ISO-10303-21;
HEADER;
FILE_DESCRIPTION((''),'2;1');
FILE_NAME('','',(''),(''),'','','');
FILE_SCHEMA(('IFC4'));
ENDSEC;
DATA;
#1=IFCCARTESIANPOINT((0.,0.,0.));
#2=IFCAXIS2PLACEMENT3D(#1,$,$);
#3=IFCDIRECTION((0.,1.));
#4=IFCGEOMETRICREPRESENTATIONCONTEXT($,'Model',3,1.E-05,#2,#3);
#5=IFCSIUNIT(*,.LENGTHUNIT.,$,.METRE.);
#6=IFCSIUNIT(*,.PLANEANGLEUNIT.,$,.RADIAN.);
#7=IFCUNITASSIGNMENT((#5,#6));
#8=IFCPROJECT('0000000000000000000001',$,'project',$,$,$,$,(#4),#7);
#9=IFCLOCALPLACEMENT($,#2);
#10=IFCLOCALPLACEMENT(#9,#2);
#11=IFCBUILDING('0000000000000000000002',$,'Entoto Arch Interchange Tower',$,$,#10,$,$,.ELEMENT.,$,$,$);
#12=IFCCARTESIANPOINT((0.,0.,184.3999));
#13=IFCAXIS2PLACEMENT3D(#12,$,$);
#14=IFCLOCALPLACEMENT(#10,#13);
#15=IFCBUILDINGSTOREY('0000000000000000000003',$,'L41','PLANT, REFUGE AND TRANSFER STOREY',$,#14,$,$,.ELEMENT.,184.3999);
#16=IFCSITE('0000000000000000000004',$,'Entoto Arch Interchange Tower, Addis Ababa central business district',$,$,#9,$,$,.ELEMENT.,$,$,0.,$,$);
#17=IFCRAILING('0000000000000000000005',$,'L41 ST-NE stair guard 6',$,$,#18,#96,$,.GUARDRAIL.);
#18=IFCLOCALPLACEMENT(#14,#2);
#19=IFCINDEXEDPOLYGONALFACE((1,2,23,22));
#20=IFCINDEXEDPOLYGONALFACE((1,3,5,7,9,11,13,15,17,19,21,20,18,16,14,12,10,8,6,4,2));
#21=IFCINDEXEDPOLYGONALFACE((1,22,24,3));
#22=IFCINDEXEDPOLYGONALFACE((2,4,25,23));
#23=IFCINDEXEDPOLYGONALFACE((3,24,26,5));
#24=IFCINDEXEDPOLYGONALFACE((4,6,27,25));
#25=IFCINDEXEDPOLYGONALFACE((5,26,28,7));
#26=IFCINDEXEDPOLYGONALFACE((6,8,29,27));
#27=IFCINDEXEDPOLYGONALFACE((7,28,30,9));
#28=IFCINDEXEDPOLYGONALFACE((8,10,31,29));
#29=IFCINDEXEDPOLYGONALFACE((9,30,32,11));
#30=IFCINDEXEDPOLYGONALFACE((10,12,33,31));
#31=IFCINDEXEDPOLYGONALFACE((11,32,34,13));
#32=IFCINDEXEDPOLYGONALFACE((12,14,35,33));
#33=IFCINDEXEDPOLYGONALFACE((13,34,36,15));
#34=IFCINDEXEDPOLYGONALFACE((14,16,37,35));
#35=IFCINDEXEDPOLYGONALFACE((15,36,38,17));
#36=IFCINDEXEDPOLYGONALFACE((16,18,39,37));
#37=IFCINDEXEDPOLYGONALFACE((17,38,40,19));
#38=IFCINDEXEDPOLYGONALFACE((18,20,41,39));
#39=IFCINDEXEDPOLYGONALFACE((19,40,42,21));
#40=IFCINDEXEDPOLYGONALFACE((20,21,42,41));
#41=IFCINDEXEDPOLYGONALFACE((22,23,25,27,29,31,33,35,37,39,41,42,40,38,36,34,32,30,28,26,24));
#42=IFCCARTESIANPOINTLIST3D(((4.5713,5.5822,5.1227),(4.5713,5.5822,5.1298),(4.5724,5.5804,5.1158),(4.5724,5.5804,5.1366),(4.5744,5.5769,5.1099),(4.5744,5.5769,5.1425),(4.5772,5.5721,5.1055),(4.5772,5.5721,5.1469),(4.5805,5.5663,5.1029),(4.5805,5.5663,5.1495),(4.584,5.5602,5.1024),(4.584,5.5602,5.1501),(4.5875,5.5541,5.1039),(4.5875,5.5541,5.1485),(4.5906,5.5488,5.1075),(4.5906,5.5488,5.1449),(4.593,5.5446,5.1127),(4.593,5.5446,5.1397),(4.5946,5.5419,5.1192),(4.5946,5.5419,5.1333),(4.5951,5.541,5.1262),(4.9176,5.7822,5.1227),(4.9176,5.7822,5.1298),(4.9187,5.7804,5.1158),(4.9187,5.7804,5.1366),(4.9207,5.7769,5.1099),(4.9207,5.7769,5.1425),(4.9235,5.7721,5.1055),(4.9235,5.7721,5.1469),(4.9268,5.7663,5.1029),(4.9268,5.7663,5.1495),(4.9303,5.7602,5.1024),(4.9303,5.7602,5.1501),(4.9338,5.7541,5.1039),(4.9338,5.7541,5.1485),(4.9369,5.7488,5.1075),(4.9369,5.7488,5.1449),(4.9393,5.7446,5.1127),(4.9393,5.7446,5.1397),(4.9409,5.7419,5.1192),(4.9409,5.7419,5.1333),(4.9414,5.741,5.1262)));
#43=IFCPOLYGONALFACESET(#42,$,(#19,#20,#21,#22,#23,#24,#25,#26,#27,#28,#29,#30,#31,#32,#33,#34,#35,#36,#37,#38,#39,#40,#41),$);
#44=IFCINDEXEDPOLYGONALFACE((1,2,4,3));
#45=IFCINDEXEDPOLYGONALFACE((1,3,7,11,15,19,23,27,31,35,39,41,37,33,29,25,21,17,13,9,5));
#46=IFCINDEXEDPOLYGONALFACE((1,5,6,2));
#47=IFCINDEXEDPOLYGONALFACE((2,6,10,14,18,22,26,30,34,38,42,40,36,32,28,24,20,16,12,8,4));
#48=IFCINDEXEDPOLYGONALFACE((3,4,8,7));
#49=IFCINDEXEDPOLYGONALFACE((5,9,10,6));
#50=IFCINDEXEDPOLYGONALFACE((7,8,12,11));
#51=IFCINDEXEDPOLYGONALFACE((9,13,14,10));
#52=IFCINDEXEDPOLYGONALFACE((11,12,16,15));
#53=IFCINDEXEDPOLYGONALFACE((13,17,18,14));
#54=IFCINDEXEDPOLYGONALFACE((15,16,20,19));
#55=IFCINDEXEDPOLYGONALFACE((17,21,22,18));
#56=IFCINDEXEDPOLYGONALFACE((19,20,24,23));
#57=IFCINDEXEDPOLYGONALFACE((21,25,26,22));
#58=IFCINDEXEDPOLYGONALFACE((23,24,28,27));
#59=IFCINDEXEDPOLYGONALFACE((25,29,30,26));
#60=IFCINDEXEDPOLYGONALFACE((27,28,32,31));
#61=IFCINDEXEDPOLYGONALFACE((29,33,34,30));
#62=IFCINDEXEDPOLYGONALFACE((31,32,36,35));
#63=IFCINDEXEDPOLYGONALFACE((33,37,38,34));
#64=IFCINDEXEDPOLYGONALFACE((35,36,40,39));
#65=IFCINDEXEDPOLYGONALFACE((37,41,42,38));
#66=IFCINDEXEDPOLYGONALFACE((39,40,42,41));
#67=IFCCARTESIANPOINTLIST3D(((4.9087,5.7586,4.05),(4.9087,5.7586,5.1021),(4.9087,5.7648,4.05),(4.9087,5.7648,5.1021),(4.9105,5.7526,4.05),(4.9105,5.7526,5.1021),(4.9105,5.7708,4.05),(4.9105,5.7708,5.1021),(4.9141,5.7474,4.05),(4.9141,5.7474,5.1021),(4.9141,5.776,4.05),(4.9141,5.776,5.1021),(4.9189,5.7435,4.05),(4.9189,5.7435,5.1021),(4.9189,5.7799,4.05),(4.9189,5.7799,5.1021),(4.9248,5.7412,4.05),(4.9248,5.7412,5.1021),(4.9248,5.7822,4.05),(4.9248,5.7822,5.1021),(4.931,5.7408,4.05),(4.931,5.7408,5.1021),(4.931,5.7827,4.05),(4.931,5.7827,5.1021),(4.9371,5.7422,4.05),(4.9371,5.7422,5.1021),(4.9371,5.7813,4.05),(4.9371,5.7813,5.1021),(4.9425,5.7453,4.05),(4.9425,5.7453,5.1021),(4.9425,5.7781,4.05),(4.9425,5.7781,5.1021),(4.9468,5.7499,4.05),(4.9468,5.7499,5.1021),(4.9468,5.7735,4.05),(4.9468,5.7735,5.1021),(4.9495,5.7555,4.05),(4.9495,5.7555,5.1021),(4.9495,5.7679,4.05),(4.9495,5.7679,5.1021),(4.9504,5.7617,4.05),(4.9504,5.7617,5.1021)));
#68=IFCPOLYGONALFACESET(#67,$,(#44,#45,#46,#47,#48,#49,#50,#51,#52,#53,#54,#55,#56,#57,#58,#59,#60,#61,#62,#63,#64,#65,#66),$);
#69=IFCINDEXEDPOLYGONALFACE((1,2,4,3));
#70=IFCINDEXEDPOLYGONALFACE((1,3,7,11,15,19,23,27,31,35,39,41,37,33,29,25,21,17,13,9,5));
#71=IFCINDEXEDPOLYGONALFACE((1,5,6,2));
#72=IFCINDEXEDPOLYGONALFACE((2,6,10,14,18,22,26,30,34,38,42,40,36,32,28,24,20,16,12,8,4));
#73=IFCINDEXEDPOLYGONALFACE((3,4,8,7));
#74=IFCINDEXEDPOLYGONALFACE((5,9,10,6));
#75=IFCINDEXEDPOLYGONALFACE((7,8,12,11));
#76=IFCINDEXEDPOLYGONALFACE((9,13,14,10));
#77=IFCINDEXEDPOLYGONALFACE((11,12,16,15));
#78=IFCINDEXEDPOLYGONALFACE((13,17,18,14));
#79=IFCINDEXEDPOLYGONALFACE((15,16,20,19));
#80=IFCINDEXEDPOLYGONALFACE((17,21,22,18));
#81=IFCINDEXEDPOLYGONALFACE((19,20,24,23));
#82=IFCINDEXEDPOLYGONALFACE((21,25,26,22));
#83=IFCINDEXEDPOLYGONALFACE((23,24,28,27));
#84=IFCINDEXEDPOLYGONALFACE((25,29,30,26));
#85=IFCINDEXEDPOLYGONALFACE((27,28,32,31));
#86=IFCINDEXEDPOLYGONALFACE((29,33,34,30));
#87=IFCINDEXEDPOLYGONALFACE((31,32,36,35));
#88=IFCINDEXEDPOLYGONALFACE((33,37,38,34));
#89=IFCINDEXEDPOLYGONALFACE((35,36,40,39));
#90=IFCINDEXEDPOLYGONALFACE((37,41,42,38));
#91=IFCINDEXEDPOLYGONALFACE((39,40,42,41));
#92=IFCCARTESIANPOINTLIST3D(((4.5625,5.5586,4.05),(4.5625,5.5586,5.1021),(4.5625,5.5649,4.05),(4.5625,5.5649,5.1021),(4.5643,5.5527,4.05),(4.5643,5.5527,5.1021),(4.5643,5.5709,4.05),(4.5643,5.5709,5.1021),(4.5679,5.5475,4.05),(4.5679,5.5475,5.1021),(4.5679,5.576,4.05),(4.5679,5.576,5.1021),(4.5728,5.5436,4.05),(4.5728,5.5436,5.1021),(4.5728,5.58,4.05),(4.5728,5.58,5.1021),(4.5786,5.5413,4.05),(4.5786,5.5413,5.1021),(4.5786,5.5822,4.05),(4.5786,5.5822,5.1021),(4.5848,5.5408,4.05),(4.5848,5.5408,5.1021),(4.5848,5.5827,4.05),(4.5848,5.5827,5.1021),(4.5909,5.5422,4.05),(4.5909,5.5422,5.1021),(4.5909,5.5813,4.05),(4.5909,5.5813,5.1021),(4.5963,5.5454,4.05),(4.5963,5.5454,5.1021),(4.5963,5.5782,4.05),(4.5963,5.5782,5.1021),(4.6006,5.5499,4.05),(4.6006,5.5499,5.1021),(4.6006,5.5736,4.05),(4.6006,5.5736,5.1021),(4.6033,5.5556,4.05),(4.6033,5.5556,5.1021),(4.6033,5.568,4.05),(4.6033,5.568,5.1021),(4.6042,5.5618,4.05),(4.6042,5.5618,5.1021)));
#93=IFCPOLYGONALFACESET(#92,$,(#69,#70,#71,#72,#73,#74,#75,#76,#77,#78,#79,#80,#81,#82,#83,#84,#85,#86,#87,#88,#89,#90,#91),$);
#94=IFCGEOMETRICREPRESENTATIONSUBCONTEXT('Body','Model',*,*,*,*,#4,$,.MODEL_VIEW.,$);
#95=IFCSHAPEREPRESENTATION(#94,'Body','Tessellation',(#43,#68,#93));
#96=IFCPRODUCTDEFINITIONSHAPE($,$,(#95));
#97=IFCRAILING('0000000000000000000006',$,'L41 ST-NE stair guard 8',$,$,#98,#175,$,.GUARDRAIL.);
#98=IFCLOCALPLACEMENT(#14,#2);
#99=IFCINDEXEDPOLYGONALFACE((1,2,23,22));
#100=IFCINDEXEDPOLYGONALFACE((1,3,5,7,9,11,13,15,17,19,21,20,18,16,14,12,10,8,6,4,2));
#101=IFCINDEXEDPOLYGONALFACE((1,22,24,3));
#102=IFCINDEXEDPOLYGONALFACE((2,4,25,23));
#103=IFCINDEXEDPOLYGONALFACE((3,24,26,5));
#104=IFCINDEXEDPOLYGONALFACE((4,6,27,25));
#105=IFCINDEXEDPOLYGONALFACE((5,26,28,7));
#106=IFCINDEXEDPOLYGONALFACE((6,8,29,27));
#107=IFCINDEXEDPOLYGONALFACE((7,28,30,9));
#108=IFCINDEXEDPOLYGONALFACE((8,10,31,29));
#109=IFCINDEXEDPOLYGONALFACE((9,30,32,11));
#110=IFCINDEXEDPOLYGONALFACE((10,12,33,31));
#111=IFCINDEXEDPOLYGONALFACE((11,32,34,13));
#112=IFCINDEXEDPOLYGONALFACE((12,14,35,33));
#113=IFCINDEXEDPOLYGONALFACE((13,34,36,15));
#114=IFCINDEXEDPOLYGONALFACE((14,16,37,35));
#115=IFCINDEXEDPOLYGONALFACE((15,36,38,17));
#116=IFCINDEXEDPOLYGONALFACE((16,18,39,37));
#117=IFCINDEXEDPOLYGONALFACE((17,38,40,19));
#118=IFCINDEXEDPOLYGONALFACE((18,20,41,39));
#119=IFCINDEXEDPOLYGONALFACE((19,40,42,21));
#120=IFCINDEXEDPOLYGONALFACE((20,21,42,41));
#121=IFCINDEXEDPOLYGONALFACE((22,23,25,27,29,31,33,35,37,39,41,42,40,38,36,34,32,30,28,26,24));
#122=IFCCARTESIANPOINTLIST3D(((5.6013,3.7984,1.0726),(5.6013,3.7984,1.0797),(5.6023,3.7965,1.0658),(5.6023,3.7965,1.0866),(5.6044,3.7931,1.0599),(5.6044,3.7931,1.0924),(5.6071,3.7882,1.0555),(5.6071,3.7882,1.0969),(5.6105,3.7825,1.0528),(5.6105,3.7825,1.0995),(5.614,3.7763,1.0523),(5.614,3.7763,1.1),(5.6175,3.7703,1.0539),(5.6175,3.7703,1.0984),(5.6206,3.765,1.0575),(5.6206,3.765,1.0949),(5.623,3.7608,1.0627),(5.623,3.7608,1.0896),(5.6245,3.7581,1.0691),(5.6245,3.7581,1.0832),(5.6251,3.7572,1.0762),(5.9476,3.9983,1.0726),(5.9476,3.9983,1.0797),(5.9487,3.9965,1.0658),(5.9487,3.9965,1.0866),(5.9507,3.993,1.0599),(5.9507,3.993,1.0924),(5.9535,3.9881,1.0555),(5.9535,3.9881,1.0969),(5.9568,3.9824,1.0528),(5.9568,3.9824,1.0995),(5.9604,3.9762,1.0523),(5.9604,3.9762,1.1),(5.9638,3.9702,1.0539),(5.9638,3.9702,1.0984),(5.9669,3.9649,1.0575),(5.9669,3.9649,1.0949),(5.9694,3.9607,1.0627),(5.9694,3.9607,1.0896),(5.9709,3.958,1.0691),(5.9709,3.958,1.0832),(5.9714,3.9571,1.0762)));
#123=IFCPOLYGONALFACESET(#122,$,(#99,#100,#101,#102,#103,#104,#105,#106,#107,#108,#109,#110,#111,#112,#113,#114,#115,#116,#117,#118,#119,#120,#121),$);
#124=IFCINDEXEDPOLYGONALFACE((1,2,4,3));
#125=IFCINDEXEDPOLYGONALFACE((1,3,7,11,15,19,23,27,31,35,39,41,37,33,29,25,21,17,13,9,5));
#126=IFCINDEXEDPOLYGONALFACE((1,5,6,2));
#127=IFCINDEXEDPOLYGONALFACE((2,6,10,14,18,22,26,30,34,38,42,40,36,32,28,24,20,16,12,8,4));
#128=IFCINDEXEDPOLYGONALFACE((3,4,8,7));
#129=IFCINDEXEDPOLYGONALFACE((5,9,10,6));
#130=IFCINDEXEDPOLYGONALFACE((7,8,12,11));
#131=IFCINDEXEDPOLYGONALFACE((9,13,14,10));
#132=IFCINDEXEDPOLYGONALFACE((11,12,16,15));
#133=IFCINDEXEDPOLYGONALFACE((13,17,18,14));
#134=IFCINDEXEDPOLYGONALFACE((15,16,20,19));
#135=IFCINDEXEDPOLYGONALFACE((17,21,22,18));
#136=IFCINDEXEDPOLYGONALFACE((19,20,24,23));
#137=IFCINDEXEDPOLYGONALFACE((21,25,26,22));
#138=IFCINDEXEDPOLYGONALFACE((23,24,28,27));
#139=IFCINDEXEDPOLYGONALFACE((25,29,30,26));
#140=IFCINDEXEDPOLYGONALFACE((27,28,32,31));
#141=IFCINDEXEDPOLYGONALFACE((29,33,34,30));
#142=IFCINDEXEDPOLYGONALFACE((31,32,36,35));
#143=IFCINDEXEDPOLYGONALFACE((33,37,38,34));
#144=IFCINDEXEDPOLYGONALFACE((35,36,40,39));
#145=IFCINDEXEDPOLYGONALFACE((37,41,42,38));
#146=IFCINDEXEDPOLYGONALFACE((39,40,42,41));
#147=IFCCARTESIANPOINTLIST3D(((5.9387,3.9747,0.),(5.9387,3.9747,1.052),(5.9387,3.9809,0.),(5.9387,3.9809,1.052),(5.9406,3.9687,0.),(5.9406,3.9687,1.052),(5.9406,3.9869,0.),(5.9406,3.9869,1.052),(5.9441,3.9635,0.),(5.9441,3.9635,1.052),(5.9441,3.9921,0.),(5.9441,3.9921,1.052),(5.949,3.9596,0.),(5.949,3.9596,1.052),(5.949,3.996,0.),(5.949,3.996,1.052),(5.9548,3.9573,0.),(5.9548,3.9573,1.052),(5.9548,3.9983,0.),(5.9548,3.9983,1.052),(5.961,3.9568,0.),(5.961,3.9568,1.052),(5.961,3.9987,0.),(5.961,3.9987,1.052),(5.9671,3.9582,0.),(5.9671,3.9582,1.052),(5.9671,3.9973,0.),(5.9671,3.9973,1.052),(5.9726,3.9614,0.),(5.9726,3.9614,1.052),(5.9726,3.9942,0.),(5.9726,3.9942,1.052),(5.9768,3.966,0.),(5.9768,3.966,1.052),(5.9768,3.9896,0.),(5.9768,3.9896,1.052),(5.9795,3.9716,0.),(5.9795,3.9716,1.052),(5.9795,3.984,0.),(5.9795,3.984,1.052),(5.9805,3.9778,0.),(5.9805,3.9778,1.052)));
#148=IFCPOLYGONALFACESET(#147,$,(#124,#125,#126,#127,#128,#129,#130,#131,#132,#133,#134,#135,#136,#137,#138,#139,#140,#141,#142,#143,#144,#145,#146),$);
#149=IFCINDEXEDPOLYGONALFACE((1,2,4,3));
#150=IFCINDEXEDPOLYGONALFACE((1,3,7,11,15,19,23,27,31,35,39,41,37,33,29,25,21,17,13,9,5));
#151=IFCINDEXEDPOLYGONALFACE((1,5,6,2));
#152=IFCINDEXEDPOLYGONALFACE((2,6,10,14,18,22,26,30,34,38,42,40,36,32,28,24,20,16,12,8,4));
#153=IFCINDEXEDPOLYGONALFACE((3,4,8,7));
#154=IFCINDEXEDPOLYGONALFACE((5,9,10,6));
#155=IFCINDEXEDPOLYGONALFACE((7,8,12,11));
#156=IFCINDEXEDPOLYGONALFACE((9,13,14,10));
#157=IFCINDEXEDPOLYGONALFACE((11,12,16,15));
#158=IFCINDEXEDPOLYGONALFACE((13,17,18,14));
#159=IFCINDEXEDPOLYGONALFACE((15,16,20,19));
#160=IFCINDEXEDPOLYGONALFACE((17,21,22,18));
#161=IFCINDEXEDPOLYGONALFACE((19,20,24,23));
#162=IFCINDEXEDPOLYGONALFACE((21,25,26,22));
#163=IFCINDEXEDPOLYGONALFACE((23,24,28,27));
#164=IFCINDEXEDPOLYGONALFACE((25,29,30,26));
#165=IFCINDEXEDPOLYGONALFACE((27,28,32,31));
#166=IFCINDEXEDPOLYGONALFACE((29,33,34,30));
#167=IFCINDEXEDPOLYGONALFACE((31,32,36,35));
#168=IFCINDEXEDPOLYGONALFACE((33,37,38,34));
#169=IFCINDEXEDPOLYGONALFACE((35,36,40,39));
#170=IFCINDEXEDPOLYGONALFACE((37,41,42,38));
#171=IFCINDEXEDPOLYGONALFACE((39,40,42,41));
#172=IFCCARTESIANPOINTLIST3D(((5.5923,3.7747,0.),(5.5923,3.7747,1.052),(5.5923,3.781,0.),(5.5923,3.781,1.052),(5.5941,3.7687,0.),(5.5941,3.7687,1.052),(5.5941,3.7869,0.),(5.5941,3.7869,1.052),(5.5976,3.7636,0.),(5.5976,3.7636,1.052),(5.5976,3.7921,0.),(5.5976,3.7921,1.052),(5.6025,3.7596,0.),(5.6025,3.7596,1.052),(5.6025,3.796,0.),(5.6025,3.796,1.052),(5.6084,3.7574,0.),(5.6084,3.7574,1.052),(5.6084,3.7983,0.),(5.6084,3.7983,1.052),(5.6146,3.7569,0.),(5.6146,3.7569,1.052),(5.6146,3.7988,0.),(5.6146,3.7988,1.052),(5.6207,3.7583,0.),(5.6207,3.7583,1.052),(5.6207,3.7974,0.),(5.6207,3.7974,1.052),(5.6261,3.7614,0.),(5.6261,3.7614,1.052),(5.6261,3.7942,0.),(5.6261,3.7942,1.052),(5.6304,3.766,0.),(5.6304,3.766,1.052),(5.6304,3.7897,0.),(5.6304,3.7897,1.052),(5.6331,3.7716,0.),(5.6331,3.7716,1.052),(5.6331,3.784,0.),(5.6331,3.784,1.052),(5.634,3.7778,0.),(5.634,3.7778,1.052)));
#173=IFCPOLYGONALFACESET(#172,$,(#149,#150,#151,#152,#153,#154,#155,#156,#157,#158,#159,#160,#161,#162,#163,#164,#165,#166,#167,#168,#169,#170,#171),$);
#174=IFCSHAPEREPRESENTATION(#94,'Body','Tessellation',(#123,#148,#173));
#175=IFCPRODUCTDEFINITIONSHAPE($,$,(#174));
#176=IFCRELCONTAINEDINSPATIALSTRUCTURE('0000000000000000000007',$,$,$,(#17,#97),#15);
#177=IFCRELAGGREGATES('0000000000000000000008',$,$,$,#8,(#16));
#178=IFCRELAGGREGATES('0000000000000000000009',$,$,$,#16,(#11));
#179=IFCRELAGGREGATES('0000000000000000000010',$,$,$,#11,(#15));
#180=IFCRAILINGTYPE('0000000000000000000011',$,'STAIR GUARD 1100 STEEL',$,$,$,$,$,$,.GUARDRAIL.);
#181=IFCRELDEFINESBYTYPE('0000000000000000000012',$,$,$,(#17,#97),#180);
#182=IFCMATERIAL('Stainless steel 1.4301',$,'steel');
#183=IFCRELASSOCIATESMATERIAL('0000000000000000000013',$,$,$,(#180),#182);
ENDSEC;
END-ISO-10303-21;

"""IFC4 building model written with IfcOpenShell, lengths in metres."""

from ifc_helpers import new_model, si_unit, direction, frame, origin, origin_2d, place, context, subcontext, project, spatial, circle, extrude, material, type_object, element, save


model = new_model("IFC4")

# Units and contexts
model_context = context("Model", 3, precision=1e-05, world=origin(), true_north=direction((0.0, 1.0)))
body_context = subcontext(model_context, "Body", "Model", "MODEL_VIEW")
ifc_project = project(units=[si_unit("LENGTHUNIT", "METRE"), si_unit("PLANEANGLEUNIT", "RADIAN")], contexts=[model_context])

# Site, building, storey
site_placement = place(None, origin())
site = spatial("IfcSite", under=ifc_project, at=site_placement, Name="Entoto Arch Interchange Tower, Addis Ababa central business district", CompositionType="ELEMENT", RefElevation=0.0)
building_placement = place(site_placement, origin())
building = spatial("IfcBuilding", under=site, at=building_placement, Name="Entoto Arch Interchange Tower", CompositionType="ELEMENT")
storey_placement = place(building_placement, frame((0.0, 0.0, 184.3999)))
storey = spatial("IfcBuildingStorey", under=building, at=storey_placement, Name="L41", Description="PLANT, REFUGE AND TRANSFER STOREY", CompositionType="ELEMENT", Elevation=184.3999)

# Railings
ifc_material_1 = material(Name="Stainless steel 1.4301", Category="steel")
railing_type_1 = type_object("IfcRailingType", Name="STAIR GUARD 1100 STEEL", PredefinedType="GUARDRAIL", material=ifc_material_1)
railing_1_placement = place(storey_placement, frame((4.9294, 5.7617, 4.05)))
element("IfcRailing", 1, at=railing_1_placement, inside=storey, type_object=railing_type_1, Name="L41 ST-NE stair guard 6", PredefinedType="GUARDRAIL", context=body_context, shape_type="SweptSolid", body=[
    extrude(circle(Radius=0.0239, at=origin_2d()), frame((0.0, 0.0, 1.0762), z_axis=(-0.865941, -0.500145, 0.0), x_axis=(0.500145, -0.865941, 0.0)), (0.0, 0.0, 1.0), 0.3999),
    extrude(circle(Radius=0.021, at=origin_2d()), origin(), (0.0, 0.0, 1.0), 1.052),
    extrude(circle(Radius=0.021, at=origin_2d()), frame((-0.3462, -0.2, 0.0)), (0.0, 0.0, 1.0), 1.052),
])
railing_2_placement = place(storey_placement, frame((5.9595, 3.9778, 0.0)))
element("IfcRailing", 2, at=railing_2_placement, inside=storey, type_object=railing_type_1, Name="L41 ST-NE stair guard 8", PredefinedType="GUARDRAIL", context=body_context, shape_type="SweptSolid", body=[
    extrude(circle(Radius=0.0239, at=origin_2d()), frame((0.0, 0.0, 1.0762), z_axis=(-0.866094, -0.499881, 0.0), x_axis=(0.499881, -0.866094, 0.0)), (0.0, 0.0, 1.0), 0.3999),
    extrude(circle(Radius=0.021, at=origin_2d()), origin(), (0.0, 0.0, 1.0), 1.052),
    extrude(circle(Radius=0.021, at=origin_2d()), frame((-0.3464, -0.2, 0.0)), (0.0, 0.0, 1.0), 1.052),
])

save(model, "model.ifc")
